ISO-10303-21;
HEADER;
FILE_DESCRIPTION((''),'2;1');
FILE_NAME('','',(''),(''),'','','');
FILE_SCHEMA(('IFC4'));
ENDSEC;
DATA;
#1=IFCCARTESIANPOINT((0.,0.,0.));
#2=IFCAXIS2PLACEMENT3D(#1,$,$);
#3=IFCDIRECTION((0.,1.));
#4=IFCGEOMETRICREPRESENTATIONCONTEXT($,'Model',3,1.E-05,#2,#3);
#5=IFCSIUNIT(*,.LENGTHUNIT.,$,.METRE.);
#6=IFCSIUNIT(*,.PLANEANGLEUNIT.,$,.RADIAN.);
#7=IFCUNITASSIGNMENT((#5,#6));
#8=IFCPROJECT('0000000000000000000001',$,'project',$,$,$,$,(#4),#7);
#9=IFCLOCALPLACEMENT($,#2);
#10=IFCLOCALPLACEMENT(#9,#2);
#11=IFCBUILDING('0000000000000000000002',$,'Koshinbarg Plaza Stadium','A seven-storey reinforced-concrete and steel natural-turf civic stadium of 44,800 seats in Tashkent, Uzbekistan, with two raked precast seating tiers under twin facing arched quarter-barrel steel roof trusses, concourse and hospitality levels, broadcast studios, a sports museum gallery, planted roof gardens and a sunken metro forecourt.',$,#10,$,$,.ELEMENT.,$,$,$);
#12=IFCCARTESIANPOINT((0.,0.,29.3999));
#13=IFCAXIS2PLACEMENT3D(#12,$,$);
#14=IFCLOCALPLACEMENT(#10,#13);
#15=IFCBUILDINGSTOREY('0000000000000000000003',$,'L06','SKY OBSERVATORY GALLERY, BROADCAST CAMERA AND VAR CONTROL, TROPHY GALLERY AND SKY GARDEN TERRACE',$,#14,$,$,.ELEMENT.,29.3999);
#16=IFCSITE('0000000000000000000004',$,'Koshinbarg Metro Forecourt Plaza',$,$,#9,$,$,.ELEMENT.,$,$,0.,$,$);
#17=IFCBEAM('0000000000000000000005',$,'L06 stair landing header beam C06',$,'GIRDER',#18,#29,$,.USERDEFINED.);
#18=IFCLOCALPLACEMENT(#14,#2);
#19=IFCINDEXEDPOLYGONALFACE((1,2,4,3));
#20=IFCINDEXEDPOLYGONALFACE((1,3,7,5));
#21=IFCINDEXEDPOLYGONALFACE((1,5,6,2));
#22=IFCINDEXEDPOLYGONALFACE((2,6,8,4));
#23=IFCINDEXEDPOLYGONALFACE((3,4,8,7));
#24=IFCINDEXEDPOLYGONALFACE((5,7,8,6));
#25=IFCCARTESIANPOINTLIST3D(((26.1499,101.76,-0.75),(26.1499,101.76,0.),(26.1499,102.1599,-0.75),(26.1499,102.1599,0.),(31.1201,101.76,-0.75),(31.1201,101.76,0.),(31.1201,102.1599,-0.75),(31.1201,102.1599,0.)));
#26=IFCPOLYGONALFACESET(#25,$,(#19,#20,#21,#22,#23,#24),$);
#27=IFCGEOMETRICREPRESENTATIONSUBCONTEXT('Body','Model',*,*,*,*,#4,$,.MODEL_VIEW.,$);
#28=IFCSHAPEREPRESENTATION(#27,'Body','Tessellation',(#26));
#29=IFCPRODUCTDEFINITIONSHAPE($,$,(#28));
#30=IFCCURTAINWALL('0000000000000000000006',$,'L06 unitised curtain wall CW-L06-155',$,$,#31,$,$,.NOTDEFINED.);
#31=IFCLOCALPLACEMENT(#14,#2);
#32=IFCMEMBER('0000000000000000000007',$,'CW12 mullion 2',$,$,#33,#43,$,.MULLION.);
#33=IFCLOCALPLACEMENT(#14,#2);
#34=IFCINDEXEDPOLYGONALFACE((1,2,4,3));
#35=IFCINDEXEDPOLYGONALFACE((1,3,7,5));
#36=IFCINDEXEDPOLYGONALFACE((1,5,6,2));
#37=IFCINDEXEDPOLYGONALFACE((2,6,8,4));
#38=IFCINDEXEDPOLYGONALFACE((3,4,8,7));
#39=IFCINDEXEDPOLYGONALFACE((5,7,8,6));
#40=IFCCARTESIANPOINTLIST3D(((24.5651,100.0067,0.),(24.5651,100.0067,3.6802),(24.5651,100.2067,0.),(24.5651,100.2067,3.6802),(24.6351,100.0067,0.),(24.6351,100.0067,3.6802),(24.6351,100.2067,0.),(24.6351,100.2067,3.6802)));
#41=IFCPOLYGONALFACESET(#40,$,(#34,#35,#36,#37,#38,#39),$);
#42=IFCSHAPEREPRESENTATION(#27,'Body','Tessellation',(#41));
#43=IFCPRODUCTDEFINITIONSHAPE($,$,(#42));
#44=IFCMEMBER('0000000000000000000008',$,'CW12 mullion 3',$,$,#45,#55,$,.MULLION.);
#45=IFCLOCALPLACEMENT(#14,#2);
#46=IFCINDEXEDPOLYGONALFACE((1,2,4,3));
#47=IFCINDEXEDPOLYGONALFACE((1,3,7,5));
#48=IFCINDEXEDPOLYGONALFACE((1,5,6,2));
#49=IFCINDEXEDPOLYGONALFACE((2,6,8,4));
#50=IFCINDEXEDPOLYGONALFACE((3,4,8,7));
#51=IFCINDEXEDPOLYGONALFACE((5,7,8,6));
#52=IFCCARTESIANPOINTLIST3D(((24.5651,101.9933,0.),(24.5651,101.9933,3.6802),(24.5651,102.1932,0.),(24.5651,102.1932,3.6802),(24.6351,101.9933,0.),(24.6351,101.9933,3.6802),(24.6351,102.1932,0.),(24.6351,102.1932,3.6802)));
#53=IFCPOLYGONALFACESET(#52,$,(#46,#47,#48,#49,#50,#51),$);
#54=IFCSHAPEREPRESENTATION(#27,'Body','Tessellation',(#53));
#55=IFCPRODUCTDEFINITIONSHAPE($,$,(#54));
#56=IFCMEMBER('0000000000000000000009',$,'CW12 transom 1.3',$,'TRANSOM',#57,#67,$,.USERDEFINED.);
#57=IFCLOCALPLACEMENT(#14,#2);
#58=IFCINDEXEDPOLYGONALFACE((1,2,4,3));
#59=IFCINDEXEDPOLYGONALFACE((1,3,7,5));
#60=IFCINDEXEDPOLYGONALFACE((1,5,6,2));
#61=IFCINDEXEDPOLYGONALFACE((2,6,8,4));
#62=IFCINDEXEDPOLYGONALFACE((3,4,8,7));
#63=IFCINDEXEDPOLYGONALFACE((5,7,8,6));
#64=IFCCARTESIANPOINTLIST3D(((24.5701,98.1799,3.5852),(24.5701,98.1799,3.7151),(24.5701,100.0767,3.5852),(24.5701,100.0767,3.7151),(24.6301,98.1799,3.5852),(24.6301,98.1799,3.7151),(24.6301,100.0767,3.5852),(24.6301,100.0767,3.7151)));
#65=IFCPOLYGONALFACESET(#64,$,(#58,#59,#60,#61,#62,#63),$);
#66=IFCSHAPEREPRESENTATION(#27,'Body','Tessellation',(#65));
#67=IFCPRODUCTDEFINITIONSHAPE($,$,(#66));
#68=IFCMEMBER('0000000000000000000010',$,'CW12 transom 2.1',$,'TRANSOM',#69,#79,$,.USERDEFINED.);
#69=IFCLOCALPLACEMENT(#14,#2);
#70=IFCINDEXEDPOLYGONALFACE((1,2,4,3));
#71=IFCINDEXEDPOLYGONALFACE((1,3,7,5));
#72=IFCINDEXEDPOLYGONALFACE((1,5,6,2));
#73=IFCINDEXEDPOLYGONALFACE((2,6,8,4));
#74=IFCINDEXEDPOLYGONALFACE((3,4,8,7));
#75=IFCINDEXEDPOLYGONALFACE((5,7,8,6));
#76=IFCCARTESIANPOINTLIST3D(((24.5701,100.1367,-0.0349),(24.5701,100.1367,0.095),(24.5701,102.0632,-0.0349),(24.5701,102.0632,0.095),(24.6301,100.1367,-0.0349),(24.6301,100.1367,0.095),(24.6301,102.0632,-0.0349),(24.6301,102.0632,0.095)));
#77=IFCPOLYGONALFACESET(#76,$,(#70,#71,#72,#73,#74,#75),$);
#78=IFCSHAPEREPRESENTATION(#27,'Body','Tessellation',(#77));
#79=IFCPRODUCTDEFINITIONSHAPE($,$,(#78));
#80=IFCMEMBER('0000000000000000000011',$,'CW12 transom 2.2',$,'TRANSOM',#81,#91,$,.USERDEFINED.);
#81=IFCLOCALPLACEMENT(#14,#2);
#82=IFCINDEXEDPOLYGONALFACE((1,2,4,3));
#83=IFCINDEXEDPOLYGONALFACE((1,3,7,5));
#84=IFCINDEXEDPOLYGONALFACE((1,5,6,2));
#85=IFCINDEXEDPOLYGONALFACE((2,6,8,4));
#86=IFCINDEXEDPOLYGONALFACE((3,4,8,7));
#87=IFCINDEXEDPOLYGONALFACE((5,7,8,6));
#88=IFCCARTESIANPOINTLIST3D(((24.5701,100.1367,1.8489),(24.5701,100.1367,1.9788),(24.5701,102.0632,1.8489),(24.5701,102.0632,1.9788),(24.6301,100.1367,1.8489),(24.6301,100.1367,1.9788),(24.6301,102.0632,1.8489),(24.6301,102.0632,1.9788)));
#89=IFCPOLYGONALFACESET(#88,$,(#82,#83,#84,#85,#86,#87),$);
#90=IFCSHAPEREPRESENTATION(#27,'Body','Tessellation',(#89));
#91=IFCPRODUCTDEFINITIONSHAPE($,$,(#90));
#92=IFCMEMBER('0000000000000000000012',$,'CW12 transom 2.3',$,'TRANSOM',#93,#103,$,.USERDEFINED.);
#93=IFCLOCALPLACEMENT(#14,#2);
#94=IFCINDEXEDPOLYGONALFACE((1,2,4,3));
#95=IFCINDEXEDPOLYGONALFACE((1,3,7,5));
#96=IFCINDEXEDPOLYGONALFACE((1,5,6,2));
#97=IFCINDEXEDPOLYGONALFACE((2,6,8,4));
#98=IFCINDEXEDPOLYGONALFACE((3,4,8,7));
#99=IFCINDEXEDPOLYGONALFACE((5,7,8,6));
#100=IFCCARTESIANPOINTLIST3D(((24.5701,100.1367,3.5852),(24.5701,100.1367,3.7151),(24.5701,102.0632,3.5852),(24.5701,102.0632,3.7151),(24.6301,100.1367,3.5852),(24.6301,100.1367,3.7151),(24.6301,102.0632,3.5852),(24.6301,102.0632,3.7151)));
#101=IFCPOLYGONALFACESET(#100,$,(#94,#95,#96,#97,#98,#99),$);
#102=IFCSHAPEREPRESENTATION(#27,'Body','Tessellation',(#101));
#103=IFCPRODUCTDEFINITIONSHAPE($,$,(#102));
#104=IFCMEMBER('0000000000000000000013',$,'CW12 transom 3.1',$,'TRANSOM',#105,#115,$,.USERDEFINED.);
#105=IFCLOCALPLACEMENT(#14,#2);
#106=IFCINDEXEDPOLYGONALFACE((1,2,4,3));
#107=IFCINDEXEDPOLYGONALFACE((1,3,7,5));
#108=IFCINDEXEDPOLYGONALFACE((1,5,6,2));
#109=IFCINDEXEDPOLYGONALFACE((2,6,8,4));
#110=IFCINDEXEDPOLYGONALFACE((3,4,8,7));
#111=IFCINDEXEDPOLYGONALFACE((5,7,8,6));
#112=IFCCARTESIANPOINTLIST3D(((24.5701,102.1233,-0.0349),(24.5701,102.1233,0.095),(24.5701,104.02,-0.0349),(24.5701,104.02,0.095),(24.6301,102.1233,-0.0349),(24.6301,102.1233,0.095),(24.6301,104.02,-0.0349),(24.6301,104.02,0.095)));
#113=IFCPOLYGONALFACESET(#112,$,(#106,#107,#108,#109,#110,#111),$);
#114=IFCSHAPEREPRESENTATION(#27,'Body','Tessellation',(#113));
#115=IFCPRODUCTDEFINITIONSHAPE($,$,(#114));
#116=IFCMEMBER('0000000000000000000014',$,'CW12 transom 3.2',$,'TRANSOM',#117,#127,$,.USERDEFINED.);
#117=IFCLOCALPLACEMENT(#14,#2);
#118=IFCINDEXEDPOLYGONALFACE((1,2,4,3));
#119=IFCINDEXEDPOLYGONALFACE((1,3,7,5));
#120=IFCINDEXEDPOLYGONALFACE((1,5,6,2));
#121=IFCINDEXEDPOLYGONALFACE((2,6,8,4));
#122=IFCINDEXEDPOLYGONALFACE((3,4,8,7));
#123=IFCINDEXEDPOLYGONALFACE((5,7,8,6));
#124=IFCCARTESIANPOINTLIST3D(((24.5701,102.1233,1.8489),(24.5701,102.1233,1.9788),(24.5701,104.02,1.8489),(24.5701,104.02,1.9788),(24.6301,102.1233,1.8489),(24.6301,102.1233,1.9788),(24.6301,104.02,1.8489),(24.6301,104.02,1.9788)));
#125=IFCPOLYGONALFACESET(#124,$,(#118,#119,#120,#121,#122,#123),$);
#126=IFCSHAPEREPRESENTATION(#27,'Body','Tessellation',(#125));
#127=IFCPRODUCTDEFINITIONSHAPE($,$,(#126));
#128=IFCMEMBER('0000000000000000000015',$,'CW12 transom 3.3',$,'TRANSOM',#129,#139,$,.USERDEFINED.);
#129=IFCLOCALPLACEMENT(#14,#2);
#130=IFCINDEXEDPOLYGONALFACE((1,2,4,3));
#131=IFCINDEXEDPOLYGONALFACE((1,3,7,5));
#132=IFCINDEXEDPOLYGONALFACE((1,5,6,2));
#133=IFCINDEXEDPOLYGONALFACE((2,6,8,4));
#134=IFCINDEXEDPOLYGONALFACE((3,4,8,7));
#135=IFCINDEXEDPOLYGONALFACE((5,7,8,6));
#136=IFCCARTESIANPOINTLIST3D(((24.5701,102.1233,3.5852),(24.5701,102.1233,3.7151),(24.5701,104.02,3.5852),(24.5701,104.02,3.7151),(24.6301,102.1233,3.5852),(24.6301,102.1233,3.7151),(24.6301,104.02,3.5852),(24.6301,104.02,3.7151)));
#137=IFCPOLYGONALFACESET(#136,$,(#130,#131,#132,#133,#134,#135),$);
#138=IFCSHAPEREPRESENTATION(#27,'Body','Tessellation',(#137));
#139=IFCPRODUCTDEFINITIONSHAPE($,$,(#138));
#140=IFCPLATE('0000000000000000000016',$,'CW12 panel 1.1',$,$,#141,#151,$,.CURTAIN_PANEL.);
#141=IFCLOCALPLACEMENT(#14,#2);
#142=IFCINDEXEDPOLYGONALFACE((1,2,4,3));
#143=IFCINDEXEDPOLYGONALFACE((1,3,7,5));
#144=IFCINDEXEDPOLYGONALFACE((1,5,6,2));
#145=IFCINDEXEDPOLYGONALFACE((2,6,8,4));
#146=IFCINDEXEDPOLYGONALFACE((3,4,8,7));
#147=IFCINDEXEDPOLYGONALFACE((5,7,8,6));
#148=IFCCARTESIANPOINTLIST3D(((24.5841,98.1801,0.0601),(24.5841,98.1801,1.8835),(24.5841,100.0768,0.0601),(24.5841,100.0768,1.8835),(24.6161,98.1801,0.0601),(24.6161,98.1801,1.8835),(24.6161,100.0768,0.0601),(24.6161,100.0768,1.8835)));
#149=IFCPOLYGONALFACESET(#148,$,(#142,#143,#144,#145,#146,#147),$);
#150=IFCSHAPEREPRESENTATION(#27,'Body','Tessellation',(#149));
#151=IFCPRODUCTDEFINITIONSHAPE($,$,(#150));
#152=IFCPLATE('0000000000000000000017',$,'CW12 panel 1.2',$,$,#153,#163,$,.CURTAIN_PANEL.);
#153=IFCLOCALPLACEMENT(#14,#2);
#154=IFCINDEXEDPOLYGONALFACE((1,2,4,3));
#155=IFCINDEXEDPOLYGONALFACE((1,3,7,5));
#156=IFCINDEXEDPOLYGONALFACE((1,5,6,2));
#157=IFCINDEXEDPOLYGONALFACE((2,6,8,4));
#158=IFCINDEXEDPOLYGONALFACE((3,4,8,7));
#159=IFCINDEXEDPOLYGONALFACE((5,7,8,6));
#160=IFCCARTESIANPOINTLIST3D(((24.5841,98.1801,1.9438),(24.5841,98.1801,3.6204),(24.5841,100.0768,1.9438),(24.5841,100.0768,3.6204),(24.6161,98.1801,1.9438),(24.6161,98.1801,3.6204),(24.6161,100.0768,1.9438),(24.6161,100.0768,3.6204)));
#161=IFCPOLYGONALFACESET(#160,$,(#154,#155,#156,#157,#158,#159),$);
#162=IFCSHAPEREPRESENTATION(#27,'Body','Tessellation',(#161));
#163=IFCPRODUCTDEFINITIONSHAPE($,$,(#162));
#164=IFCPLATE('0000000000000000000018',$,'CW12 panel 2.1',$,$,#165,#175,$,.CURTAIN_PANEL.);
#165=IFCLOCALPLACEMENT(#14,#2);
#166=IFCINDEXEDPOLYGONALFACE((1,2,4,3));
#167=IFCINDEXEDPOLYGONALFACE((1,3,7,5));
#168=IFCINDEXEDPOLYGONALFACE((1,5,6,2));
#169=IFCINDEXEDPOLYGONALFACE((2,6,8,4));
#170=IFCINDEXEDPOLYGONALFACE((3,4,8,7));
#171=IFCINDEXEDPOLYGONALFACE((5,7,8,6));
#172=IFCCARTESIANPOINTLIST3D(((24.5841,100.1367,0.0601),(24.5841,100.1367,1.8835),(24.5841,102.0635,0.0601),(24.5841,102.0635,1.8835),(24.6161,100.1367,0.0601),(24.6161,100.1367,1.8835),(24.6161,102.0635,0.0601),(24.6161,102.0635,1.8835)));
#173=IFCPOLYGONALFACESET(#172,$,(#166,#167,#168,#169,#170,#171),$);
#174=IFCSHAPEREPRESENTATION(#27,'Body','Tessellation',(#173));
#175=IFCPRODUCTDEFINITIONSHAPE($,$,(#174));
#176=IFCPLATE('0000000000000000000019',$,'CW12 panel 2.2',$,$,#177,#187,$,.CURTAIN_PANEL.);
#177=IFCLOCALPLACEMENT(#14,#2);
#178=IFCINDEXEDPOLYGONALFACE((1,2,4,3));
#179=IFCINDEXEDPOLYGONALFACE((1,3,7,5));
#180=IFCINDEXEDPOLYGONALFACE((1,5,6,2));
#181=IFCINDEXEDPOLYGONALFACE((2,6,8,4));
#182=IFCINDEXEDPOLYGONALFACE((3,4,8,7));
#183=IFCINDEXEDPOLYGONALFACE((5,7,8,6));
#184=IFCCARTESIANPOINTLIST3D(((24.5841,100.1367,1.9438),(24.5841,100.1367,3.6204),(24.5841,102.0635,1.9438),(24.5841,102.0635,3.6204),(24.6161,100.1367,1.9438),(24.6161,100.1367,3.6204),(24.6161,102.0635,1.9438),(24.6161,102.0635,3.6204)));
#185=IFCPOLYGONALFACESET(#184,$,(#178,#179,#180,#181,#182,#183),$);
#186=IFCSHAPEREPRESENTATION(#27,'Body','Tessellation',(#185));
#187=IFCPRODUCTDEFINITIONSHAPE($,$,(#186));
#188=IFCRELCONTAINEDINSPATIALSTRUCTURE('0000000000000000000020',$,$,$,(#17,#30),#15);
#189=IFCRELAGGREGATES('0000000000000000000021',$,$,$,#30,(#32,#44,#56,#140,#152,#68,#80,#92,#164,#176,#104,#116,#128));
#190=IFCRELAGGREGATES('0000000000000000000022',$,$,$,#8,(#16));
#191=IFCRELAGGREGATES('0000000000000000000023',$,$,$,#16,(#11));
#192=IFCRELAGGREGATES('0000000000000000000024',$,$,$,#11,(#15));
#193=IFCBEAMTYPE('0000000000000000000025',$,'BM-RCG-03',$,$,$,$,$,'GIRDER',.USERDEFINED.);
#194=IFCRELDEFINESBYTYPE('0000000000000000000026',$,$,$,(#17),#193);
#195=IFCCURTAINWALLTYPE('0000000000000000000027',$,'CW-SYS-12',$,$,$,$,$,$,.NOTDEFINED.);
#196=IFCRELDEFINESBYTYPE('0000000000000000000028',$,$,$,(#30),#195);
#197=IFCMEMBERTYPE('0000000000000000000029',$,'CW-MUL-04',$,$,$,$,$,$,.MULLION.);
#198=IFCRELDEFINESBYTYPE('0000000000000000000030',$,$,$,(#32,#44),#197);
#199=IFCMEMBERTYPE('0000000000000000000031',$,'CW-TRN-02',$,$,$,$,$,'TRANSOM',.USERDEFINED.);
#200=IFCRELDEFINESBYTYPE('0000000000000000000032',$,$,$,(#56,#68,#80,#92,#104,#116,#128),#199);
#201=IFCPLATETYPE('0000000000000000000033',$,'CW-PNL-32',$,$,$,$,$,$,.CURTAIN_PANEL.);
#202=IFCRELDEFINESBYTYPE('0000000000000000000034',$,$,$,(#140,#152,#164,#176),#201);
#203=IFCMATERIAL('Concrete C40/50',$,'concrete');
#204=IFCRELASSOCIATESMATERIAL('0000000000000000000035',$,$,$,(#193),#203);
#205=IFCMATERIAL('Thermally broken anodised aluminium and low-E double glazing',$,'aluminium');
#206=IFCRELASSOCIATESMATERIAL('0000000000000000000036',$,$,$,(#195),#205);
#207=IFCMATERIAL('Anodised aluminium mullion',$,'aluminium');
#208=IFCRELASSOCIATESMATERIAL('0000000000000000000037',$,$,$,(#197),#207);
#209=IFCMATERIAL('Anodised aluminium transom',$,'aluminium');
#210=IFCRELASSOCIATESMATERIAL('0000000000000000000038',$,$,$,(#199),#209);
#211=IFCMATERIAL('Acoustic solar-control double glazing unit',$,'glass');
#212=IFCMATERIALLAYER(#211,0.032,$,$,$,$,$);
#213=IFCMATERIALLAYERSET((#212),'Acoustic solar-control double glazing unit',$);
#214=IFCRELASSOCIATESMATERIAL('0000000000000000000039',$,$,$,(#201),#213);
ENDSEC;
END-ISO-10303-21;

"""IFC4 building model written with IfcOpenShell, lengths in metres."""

from ifc_helpers import new_model, si_unit, direction, frame, origin, origin_2d, place, context, subcontext, project, spatial, rectangle, extrude, material, layer, layer_set, material_profile, profile_set, type_object, element, aggregate, save


model = new_model("IFC4")

# Units and contexts
model_context = context("Model", 3, precision=1e-05, world=origin(), true_north=direction((0.0, 1.0)))
body_context = subcontext(model_context, "Body", "Model", "MODEL_VIEW")
ifc_project = project(units=[si_unit("LENGTHUNIT", "METRE"), si_unit("PLANEANGLEUNIT", "RADIAN")], contexts=[model_context])

# Site, building, storey
site_placement = place(None, origin())
site = spatial("IfcSite", under=ifc_project, at=site_placement, Name="Koshinbarg Metro Forecourt Plaza", CompositionType="ELEMENT", RefElevation=0.0)
building_placement = place(site_placement, origin())
building = spatial("IfcBuilding", under=site, at=building_placement, Name="Koshinbarg Plaza Stadium", Description="A seven-storey reinforced-concrete and steel natural-turf civic stadium of 44,800 seats in Tashkent, Uzbekistan, with two raked precast seating tiers under twin facing arched quarter-barrel steel roof trusses, concourse and hospitality levels, broadcast studios, a sports museum gallery, planted roof gardens and a sunken metro forecourt.", CompositionType="ELEMENT")
storey_placement = place(building_placement, frame((0.0, 0.0, 29.3999)))
storey = spatial("IfcBuildingStorey", under=building, at=storey_placement, Name="L06", Description="SKY OBSERVATORY GALLERY, BROADCAST CAMERA AND VAR CONTROL, TROPHY GALLERY AND SKY GARDEN TERRACE", CompositionType="ELEMENT", Elevation=29.3999)

# Beam
ifc_material_1 = material(Name="Concrete C40/50", Category="concrete")
ifc_material_profile_1 = material_profile(ifc_material_1, rectangle(XDim=0.3999, YDim=0.75, at=origin_2d()), Name="RC 400x750")
ifc_profile_set_1 = profile_set([ifc_material_profile_1], Name="Concrete C40/50")
beam_type = type_object("IfcBeamType", Name="BM-RCG-03", ElementType="GIRDER", PredefinedType="USERDEFINED", material=ifc_profile_set_1)
beam_placement = place(storey_placement, frame((26.1499, 101.96, -0.375), z_axis=(1.0, 0.0, 0.0), x_axis=(0.0, 1.0, 0.0)))
element("IfcBeam", 1, at=beam_placement, inside=storey, type_object=beam_type, Name="L06 stair landing header beam C06", ObjectType="GIRDER", PredefinedType="USERDEFINED", context=body_context, shape_type="SweptSolid", body=[
    extrude(rectangle(XDim=0.3999, YDim=0.75, at=origin_2d()), origin(), (0.0, 0.0, 1.0), 4.9702),
])

# Curtain wall, members, plates
ifc_material_2 = material(Name="Thermally broken anodised aluminium and low-E double glazing", Category="aluminium")
curtain_wall_type = type_object("IfcCurtainWallType", Name="CW-SYS-12", PredefinedType="NOTDEFINED", material=ifc_material_2)
curtain_wall_placement = place(storey_placement, origin())
curtain_wall = element("IfcCurtainWall", 2, at=curtain_wall_placement, inside=storey, type_object=curtain_wall_type, Name="L06 unitised curtain wall CW-L06-155", PredefinedType="NOTDEFINED")
ifc_material_3 = material(Name="Anodised aluminium mullion", Category="aluminium")
ifc_material_profile_2 = material_profile(ifc_material_3, rectangle(XDim=0.0701, YDim=0.2, at=origin_2d()), Name="ALU 70x200")
ifc_profile_set_2 = profile_set([ifc_material_profile_2], Name="Anodised aluminium mullion")
member_type_1 = type_object("IfcMemberType", Name="CW-MUL-04", PredefinedType="MULLION", material=ifc_profile_set_2)
member_1_placement = place(storey_placement, frame((24.6001, 100.1067, 0.0), z_axis=(0.0, 0.0, 1.0), x_axis=(-1.0, 0.0, 0.0)))
member_1 = element("IfcMember", 3, at=member_1_placement, type_object=member_type_1, Name="CW12 mullion 2", PredefinedType="MULLION", context=body_context, shape_type="SweptSolid", body=[
    extrude(rectangle(XDim=0.0701, YDim=0.2, at=origin_2d()), origin(), (0.0, 0.0, 1.0), 3.6802),
])
member_2_placement = place(storey_placement, frame((24.6001, 102.0933, 0.0), z_axis=(0.0, 0.0, 1.0), x_axis=(-1.0, 0.0, 0.0)))
member_2 = element("IfcMember", 4, at=member_2_placement, type_object=member_type_1, Name="CW12 mullion 3", PredefinedType="MULLION", context=body_context, shape_type="SweptSolid", body=[
    extrude(rectangle(XDim=0.0701, YDim=0.2, at=origin_2d()), origin(), (0.0, 0.0, 1.0), 3.6802),
])
ifc_material_4 = material(Name="Anodised aluminium transom", Category="aluminium")
ifc_material_profile_3 = material_profile(ifc_material_4, rectangle(XDim=0.0601, YDim=0.1299, at=origin_2d()), Name="ALU 60x130")
ifc_profile_set_3 = profile_set([ifc_material_profile_3], Name="Anodised aluminium transom")
member_type_2 = type_object("IfcMemberType", Name="CW-TRN-02", ElementType="TRANSOM", PredefinedType="USERDEFINED", material=ifc_profile_set_3)
member_3_placement = place(storey_placement, frame((24.6001, 98.1799, 3.6501), z_axis=(0.0, 1.0, 0.0), x_axis=(-1.0, 0.0, 0.0)))
member_3 = element("IfcMember", 5, at=member_3_placement, type_object=member_type_2, Name="CW12 transom 1.3", ObjectType="TRANSOM", PredefinedType="USERDEFINED", context=body_context, shape_type="SweptSolid", body=[
    extrude(rectangle(XDim=0.0601, YDim=0.1299, at=origin_2d()), origin(), (0.0, 0.0, 1.0), 1.8967),
])
member_4_placement = place(storey_placement, frame((24.6001, 100.1367, 0.03), z_axis=(0.0, 1.0, 0.0), x_axis=(-1.0, 0.0, 0.0)))
member_4 = element("IfcMember", 6, at=member_4_placement, type_object=member_type_2, Name="CW12 transom 2.1", ObjectType="TRANSOM", PredefinedType="USERDEFINED", context=body_context, shape_type="SweptSolid", body=[
    extrude(rectangle(XDim=0.0601, YDim=0.1299, at=origin_2d()), origin(), (0.0, 0.0, 1.0), 1.9265),
])
member_5_placement = place(storey_placement, frame((24.6001, 100.1367, 1.9138), z_axis=(0.0, 1.0, 0.0), x_axis=(-1.0, 0.0, 0.0)))
member_5 = element("IfcMember", 7, at=member_5_placement, type_object=member_type_2, Name="CW12 transom 2.2", ObjectType="TRANSOM", PredefinedType="USERDEFINED", context=body_context, shape_type="SweptSolid", body=[
    extrude(rectangle(XDim=0.0601, YDim=0.1299, at=origin_2d()), origin(), (0.0, 0.0, 1.0), 1.9265),
])
member_6_placement = place(storey_placement, frame((24.6001, 100.1367, 3.6501), z_axis=(0.0, 1.0, 0.0), x_axis=(-1.0, 0.0, 0.0)))
member_6 = element("IfcMember", 8, at=member_6_placement, type_object=member_type_2, Name="CW12 transom 2.3", ObjectType="TRANSOM", PredefinedType="USERDEFINED", context=body_context, shape_type="SweptSolid", body=[
    extrude(rectangle(XDim=0.0601, YDim=0.1299, at=origin_2d()), origin(), (0.0, 0.0, 1.0), 1.9265),
])
member_7_placement = place(storey_placement, frame((24.6001, 102.1233, 0.03), z_axis=(0.0, 1.0, 0.0), x_axis=(-1.0, 0.0, 0.0)))
member_7 = element("IfcMember", 9, at=member_7_placement, type_object=member_type_2, Name="CW12 transom 3.1", ObjectType="TRANSOM", PredefinedType="USERDEFINED", context=body_context, shape_type="SweptSolid", body=[
    extrude(rectangle(XDim=0.0601, YDim=0.1299, at=origin_2d()), origin(), (0.0, 0.0, 1.0), 1.8967),
])
member_8_placement = place(storey_placement, frame((24.6001, 102.1233, 1.9138), z_axis=(0.0, 1.0, 0.0), x_axis=(-1.0, 0.0, 0.0)))
member_8 = element("IfcMember", 10, at=member_8_placement, type_object=member_type_2, Name="CW12 transom 3.2", ObjectType="TRANSOM", PredefinedType="USERDEFINED", context=body_context, shape_type="SweptSolid", body=[
    extrude(rectangle(XDim=0.0601, YDim=0.1299, at=origin_2d()), origin(), (0.0, 0.0, 1.0), 1.8967),
])
member_9_placement = place(storey_placement, frame((24.6001, 102.1233, 3.6501), z_axis=(0.0, 1.0, 0.0), x_axis=(-1.0, 0.0, 0.0)))
member_9 = element("IfcMember", 11, at=member_9_placement, type_object=member_type_2, Name="CW12 transom 3.3", ObjectType="TRANSOM", PredefinedType="USERDEFINED", context=body_context, shape_type="SweptSolid", body=[
    extrude(rectangle(XDim=0.0601, YDim=0.1299, at=origin_2d()), origin(), (0.0, 0.0, 1.0), 1.8967),
])
ifc_material_5 = material(Name="Acoustic solar-control double glazing unit", Category="glass")
ifc_layer_1 = layer(ifc_material_5, 0.032)
ifc_layer_set_1 = layer_set([ifc_layer_1], Name="Acoustic solar-control double glazing unit")
plate_type = type_object("IfcPlateType", Name="CW-PNL-32", PredefinedType="CURTAIN_PANEL", material=ifc_layer_set_1)
plate_1_placement = place(storey_placement, frame((24.6001, 99.1284, 0.0601), z_axis=(0.0, 0.0, 1.0), x_axis=(0.0, 1.0, 0.0)))
plate_1 = element("IfcPlate", 12, at=plate_1_placement, type_object=plate_type, Name="CW12 panel 1.1", PredefinedType="CURTAIN_PANEL", context=body_context, shape_type="SweptSolid", body=[
    extrude(rectangle(XDim=1.8967, YDim=0.032, at=origin_2d()), origin(), (0.0, 0.0, 1.0), 1.8235),
])
plate_2_placement = place(storey_placement, frame((24.6001, 99.1284, 1.9438), z_axis=(0.0, 0.0, 1.0), x_axis=(0.0, 1.0, 0.0)))
plate_2 = element("IfcPlate", 13, at=plate_2_placement, type_object=plate_type, Name="CW12 panel 1.2", PredefinedType="CURTAIN_PANEL", context=body_context, shape_type="SweptSolid", body=[
    extrude(rectangle(XDim=1.8967, YDim=0.032, at=origin_2d()), origin(), (0.0, 0.0, 1.0), 1.6765),
])
plate_3_placement = place(storey_placement, frame((24.6001, 101.1001, 0.0601), z_axis=(0.0, 0.0, 1.0), x_axis=(0.0, 1.0, 0.0)))
plate_3 = element("IfcPlate", 14, at=plate_3_placement, type_object=plate_type, Name="CW12 panel 2.1", PredefinedType="CURTAIN_PANEL", context=body_context, shape_type="SweptSolid", body=[
    extrude(rectangle(XDim=1.9268, YDim=0.032, at=origin_2d()), origin(), (0.0, 0.0, 1.0), 1.8235),
])
plate_4_placement = place(storey_placement, frame((24.6001, 101.1001, 1.9438), z_axis=(0.0, 0.0, 1.0), x_axis=(0.0, 1.0, 0.0)))
plate_4 = element("IfcPlate", 15, at=plate_4_placement, type_object=plate_type, Name="CW12 panel 2.2", PredefinedType="CURTAIN_PANEL", context=body_context, shape_type="SweptSolid", body=[
    extrude(rectangle(XDim=1.9268, YDim=0.032, at=origin_2d()), origin(), (0.0, 0.0, 1.0), 1.6765),
])
aggregate(curtain_wall, [member_1, member_2, member_3, plate_1, plate_2, member_4, member_5, member_6, plate_3, plate_4, member_7, member_8, member_9])

save(model, "model.ifc")
